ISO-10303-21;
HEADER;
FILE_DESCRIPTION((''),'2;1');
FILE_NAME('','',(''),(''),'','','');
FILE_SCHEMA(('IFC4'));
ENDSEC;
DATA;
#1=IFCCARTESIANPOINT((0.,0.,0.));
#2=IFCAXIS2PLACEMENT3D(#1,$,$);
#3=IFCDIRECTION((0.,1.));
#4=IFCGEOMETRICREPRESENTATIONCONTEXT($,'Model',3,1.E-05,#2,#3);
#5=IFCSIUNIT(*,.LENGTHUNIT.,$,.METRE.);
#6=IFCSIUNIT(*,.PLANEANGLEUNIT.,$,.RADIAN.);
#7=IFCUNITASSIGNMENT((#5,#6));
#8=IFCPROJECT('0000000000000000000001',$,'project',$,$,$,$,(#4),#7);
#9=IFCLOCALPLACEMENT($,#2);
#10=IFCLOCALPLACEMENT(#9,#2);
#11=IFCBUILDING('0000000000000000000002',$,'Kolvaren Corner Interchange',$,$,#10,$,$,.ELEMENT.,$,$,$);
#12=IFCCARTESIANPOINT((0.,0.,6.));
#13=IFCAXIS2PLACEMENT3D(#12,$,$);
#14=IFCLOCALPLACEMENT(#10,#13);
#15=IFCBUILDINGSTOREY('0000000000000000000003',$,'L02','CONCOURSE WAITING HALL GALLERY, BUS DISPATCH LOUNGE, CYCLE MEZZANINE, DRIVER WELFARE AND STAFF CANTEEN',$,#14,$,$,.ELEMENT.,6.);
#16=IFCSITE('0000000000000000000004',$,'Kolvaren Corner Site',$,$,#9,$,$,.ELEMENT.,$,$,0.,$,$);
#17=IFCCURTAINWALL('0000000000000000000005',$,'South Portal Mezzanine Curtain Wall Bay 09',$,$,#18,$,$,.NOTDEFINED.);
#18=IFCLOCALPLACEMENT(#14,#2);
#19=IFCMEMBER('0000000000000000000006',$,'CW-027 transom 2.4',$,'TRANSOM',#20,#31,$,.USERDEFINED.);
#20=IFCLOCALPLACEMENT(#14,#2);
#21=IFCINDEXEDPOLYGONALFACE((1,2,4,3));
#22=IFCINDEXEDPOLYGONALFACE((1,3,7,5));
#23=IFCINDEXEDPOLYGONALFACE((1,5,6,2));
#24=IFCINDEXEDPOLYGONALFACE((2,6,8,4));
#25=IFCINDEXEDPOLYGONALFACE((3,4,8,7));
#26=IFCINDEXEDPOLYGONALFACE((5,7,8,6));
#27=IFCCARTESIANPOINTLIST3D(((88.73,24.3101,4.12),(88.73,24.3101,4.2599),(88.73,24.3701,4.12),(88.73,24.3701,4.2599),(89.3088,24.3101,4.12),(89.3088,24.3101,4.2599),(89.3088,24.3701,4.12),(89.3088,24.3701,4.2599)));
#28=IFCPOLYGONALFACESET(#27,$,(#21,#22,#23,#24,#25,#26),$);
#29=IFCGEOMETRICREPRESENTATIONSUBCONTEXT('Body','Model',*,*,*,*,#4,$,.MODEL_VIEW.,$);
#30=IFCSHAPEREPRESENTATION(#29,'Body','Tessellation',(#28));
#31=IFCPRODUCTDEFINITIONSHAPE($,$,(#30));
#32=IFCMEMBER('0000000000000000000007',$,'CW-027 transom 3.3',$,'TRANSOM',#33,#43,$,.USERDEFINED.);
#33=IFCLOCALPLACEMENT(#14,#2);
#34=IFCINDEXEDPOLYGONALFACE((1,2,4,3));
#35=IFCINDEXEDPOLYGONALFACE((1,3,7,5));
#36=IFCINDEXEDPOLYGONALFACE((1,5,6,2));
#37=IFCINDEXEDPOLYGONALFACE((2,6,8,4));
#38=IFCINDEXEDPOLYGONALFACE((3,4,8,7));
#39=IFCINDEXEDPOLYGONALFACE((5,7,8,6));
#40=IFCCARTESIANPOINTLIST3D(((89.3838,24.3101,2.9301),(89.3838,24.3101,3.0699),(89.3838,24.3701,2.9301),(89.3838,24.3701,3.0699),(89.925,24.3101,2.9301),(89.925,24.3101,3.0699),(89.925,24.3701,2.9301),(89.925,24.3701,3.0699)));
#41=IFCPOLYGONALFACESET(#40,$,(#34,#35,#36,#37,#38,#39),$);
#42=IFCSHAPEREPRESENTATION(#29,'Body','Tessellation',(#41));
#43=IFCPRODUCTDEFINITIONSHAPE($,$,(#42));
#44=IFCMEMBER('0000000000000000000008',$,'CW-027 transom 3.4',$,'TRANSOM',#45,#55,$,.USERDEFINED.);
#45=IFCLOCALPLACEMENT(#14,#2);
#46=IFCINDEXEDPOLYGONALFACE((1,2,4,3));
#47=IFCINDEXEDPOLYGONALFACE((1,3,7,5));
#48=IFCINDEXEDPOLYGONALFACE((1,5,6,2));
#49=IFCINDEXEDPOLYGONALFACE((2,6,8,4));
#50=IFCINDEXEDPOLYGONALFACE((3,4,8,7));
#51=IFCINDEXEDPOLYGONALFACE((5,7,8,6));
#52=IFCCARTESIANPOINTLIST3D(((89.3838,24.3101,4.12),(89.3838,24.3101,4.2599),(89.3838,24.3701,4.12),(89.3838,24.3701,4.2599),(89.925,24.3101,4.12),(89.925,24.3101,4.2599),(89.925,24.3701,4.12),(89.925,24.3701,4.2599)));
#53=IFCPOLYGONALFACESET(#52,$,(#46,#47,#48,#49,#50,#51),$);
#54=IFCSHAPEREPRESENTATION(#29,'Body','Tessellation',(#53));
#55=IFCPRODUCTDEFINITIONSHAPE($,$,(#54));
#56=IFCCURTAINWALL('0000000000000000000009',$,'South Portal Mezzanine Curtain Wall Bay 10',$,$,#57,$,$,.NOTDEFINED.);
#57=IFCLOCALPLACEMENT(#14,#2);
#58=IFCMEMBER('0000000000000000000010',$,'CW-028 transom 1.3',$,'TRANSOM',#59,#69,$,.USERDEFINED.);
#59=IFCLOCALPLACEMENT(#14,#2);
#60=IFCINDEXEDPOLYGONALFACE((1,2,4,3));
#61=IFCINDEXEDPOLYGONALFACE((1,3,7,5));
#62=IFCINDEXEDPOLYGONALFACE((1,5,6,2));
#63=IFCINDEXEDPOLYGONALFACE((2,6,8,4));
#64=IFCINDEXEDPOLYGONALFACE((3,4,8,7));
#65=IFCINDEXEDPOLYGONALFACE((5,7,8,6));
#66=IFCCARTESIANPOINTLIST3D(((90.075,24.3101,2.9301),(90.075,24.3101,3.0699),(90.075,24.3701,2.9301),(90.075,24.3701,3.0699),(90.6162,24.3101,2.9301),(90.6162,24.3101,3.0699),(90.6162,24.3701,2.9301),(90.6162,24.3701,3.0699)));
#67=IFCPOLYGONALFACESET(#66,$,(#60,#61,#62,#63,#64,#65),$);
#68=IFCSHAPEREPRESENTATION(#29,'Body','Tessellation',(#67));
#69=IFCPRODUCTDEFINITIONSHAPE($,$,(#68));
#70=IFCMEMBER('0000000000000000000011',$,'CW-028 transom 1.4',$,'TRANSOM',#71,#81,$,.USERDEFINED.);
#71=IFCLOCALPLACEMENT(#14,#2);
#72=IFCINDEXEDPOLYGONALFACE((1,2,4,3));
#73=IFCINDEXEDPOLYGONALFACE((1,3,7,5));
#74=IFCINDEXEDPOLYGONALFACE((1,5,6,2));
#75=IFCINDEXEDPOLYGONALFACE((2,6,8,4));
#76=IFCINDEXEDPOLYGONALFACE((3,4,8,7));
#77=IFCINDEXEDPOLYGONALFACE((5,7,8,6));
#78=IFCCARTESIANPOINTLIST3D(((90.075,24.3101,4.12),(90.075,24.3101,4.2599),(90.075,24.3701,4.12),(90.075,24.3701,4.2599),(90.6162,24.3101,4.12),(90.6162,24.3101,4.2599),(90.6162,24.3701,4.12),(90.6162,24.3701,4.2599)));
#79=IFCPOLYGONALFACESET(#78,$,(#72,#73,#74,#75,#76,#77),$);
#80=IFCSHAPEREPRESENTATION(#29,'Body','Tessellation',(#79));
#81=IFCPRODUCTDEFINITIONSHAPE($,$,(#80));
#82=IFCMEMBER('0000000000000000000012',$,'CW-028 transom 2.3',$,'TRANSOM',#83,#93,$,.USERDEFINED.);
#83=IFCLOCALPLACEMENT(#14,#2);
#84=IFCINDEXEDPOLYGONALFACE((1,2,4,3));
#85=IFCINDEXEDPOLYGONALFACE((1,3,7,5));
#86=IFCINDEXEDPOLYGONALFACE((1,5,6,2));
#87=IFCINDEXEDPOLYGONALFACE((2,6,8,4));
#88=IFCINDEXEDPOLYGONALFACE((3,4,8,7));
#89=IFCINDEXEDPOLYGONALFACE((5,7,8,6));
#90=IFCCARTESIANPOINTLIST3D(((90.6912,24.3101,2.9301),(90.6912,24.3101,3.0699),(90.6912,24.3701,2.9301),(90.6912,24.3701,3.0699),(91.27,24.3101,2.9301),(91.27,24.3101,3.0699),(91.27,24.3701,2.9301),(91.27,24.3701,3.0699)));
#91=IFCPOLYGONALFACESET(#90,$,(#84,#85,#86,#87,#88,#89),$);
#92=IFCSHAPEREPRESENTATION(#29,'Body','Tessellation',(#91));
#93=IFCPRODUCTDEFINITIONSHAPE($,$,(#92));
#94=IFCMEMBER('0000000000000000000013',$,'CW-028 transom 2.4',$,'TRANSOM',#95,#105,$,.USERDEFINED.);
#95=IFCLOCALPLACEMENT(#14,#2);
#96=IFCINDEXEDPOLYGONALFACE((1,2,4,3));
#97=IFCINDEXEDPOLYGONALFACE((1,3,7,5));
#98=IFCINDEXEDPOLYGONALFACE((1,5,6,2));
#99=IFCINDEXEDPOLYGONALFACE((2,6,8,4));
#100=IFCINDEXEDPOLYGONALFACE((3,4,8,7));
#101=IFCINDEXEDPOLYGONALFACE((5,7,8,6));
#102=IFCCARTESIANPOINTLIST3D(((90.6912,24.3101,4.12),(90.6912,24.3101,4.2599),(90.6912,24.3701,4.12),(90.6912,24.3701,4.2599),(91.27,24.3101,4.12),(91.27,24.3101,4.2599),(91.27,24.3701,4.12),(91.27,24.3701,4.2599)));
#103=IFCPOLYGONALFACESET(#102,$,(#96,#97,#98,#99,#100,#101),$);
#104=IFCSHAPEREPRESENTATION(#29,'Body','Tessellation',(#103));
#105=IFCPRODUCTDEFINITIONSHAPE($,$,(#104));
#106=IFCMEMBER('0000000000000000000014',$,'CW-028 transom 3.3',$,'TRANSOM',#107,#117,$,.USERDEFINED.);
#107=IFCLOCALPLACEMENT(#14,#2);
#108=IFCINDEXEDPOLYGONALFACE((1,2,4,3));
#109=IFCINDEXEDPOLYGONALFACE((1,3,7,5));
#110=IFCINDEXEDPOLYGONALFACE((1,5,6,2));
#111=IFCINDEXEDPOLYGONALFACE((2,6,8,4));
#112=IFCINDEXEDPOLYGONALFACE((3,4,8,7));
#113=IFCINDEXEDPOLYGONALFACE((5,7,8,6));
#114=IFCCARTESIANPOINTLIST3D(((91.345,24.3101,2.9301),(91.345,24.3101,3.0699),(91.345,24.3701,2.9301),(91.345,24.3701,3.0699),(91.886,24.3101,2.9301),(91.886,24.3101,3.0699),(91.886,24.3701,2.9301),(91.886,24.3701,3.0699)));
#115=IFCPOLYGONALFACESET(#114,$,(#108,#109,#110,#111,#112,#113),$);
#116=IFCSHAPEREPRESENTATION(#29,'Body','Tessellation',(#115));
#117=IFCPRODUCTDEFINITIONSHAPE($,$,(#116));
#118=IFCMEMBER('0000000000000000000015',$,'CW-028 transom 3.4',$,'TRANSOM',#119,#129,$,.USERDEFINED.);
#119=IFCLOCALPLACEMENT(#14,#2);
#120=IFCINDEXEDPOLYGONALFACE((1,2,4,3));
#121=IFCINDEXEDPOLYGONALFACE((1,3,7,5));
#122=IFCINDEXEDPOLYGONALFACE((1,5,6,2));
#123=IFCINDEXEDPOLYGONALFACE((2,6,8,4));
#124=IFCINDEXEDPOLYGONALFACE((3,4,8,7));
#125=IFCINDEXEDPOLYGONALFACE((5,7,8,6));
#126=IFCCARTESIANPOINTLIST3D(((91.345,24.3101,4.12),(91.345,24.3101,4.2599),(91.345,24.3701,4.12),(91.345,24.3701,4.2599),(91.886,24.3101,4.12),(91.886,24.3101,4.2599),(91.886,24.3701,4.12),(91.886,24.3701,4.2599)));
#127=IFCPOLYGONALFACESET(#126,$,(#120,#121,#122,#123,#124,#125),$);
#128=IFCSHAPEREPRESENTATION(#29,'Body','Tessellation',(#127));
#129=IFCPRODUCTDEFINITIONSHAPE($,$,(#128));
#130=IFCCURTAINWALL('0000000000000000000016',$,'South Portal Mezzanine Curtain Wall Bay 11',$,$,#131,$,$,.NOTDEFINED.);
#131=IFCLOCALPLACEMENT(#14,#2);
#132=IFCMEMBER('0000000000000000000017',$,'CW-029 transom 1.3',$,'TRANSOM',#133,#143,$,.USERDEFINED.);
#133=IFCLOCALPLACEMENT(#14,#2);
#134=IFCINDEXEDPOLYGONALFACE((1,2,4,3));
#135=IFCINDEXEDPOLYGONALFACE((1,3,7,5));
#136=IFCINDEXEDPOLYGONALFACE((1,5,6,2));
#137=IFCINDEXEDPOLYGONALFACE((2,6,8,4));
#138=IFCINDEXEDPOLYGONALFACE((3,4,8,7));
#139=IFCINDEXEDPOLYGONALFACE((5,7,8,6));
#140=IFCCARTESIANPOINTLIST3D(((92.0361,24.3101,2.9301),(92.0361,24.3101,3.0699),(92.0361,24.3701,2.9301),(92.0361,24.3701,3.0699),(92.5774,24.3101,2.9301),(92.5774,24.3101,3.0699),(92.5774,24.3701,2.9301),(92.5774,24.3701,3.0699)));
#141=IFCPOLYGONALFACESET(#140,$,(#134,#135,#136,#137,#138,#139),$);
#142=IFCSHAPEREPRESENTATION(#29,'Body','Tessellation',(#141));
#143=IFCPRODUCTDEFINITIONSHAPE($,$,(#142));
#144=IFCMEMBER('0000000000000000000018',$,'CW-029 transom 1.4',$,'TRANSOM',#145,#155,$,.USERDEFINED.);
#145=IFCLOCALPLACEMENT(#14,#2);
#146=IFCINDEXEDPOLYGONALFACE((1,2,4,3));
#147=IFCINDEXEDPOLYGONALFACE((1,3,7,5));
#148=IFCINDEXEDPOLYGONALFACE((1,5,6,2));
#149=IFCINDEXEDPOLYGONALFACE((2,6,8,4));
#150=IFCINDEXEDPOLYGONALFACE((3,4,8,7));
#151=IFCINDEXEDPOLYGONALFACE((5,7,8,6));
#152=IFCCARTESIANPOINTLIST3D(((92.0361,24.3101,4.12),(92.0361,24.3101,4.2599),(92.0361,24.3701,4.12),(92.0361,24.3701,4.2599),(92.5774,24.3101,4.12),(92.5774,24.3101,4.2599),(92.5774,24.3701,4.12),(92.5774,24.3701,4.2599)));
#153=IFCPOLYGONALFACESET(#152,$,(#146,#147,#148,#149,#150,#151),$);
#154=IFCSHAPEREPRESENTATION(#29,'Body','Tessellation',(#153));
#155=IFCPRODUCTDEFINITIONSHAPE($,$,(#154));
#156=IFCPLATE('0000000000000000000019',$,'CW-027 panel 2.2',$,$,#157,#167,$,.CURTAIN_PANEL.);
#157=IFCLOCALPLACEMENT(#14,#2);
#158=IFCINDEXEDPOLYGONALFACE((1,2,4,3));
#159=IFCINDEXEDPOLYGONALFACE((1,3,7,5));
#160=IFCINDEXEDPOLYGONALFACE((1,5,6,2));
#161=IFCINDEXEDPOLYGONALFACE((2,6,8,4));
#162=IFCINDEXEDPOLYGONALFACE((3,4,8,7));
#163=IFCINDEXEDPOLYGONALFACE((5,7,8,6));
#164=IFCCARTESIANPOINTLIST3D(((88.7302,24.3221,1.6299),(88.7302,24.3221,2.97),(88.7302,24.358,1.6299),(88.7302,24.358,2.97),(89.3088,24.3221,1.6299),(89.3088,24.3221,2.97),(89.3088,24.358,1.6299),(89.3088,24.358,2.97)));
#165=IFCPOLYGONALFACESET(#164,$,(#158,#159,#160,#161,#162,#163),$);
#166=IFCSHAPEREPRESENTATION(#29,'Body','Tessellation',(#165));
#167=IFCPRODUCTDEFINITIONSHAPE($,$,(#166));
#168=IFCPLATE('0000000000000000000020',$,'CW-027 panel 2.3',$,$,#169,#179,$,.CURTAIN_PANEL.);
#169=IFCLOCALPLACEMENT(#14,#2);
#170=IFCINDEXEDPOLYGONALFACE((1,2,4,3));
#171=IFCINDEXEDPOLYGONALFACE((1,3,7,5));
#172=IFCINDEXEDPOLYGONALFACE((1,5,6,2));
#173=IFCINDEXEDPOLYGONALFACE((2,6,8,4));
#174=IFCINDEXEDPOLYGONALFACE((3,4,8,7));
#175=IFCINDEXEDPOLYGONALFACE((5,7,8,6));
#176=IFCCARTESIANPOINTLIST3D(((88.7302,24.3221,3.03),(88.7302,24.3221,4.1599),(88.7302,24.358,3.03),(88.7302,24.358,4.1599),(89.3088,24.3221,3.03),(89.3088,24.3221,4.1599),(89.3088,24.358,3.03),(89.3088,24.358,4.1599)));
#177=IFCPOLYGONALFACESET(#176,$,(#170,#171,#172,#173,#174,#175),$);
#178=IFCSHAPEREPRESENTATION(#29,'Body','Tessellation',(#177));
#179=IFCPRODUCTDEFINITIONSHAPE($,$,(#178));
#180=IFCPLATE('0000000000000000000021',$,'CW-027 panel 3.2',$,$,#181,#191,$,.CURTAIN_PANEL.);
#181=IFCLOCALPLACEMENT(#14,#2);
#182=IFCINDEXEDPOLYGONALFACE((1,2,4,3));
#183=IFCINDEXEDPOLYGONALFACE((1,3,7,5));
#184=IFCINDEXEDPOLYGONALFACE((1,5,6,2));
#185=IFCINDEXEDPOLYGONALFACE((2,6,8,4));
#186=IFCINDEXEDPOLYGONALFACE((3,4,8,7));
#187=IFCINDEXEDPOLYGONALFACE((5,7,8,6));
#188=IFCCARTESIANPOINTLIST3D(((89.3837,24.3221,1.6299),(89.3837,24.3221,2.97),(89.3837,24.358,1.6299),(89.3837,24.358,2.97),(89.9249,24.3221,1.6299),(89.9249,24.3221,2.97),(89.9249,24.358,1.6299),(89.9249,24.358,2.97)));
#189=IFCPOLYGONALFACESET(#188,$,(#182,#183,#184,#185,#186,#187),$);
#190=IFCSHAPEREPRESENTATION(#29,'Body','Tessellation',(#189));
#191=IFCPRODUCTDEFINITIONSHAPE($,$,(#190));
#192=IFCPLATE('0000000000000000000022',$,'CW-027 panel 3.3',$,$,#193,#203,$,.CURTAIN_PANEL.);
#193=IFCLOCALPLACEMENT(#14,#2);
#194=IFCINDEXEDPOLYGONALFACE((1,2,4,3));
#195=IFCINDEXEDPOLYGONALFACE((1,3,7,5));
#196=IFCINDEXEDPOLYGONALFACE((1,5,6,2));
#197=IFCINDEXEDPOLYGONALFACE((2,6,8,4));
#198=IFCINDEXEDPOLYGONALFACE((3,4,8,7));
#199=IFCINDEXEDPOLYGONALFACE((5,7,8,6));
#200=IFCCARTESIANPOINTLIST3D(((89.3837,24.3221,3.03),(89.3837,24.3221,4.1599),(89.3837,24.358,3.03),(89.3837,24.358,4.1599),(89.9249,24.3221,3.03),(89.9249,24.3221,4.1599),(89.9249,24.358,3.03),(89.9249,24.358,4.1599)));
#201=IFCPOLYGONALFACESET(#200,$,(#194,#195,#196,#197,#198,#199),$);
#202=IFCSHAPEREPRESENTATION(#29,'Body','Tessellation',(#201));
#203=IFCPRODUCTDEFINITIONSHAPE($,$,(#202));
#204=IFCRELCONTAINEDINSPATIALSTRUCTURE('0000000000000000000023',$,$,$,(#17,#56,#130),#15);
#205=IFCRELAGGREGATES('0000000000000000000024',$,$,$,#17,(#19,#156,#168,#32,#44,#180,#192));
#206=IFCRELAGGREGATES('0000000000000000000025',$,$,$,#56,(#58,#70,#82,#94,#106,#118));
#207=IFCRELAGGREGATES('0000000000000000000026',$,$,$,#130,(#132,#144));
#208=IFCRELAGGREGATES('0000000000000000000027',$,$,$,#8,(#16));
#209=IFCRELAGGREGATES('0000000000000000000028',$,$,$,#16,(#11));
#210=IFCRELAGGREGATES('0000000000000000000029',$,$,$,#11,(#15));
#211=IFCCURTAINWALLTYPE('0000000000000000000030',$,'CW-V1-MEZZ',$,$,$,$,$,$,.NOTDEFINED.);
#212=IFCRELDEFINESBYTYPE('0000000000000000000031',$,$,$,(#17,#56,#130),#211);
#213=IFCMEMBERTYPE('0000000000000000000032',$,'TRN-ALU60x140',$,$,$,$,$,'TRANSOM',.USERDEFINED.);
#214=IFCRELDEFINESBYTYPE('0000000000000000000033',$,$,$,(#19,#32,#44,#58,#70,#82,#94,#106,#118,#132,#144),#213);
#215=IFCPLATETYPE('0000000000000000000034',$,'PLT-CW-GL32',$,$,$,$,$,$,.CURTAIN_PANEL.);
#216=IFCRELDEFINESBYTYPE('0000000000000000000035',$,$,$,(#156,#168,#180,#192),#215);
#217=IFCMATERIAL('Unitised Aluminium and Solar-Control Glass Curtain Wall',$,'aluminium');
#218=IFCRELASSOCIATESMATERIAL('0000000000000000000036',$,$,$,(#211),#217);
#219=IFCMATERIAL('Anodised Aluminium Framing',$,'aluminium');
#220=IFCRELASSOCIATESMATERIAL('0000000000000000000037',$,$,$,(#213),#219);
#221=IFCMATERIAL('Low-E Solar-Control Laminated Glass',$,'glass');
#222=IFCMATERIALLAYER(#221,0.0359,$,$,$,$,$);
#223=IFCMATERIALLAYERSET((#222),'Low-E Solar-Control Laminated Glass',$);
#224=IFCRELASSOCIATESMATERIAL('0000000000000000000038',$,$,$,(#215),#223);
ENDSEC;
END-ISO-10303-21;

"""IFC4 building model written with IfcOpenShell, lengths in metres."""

from ifc_helpers import new_model, si_unit, direction, frame, origin, origin_2d, place, context, subcontext, project, spatial, rectangle, extrude, material, layer, layer_set, material_profile, profile_set, type_object, element, aggregate, save


model = new_model("IFC4")

# Units and contexts
model_context = context("Model", 3, precision=1e-05, world=origin(), true_north=direction((0.0, 1.0)))
body_context = subcontext(model_context, "Body", "Model", "MODEL_VIEW")
ifc_project = project(units=[si_unit("LENGTHUNIT", "METRE"), si_unit("PLANEANGLEUNIT", "RADIAN")], contexts=[model_context])

# Site, building, storey
site_placement = place(None, origin())
site = spatial("IfcSite", under=ifc_project, at=site_placement, Name="Kolvaren Corner Site", CompositionType="ELEMENT", RefElevation=0.0)
building_placement = place(site_placement, origin())
building = spatial("IfcBuilding", under=site, at=building_placement, Name="Kolvaren Corner Interchange", CompositionType="ELEMENT")
storey_placement = place(building_placement, frame((0.0, 0.0, 6.0)))
storey = spatial("IfcBuildingStorey", under=building, at=storey_placement, Name="L02", Description="CONCOURSE WAITING HALL GALLERY, BUS DISPATCH LOUNGE, CYCLE MEZZANINE, DRIVER WELFARE AND STAFF CANTEEN", CompositionType="ELEMENT", Elevation=6.0)

# Curtain walls, members
ifc_material_1 = material(Name="Unitised Aluminium and Solar-Control Glass Curtain Wall", Category="aluminium")
curtain_wall_type = type_object("IfcCurtainWallType", Name="CW-V1-MEZZ", PredefinedType="NOTDEFINED", material=ifc_material_1)
curtain_wall_1_placement = place(storey_placement, origin())
curtain_wall_1 = element("IfcCurtainWall", 1, at=curtain_wall_1_placement, inside=storey, type_object=curtain_wall_type, Name="South Portal Mezzanine Curtain Wall Bay 09", PredefinedType="NOTDEFINED")
ifc_material_2 = material(Name="Anodised Aluminium Framing", Category="aluminium")
ifc_material_profile = material_profile(ifc_material_2, rectangle(XDim=0.0601, YDim=0.1399, at=origin_2d()), Name="ALU 60x140")
ifc_profile_set = profile_set([ifc_material_profile], Name="Anodised Aluminium Framing")
member_type = type_object("IfcMemberType", Name="TRN-ALU60x140", ElementType="TRANSOM", PredefinedType="USERDEFINED", material=ifc_profile_set)
member_1_placement = place(storey_placement, frame((88.73, 24.3401, 4.1899), z_axis=(1.0, 0.0, 0.0), x_axis=(0.0, 1.0, 0.0)))
member_1 = element("IfcMember", 2, at=member_1_placement, type_object=member_type, Name="CW-027 transom 2.4", ObjectType="TRANSOM", PredefinedType="USERDEFINED", context=body_context, shape_type="SweptSolid", body=[
    extrude(rectangle(XDim=0.0601, YDim=0.1399, at=origin_2d()), origin(), (0.0, 0.0, 1.0), 0.5789),
])
member_2_placement = place(storey_placement, frame((89.3838, 24.3401, 3.0), z_axis=(1.0, 0.0, 0.0), x_axis=(0.0, 1.0, 0.0)))
member_2 = element("IfcMember", 3, at=member_2_placement, type_object=member_type, Name="CW-027 transom 3.3", ObjectType="TRANSOM", PredefinedType="USERDEFINED", context=body_context, shape_type="SweptSolid", body=[
    extrude(rectangle(XDim=0.0601, YDim=0.1399, at=origin_2d()), origin(), (0.0, 0.0, 1.0), 0.5413),
])
member_3_placement = place(storey_placement, frame((89.3838, 24.3401, 4.1899), z_axis=(1.0, 0.0, 0.0), x_axis=(0.0, 1.0, 0.0)))
member_3 = element("IfcMember", 4, at=member_3_placement, type_object=member_type, Name="CW-027 transom 3.4", ObjectType="TRANSOM", PredefinedType="USERDEFINED", context=body_context, shape_type="SweptSolid", body=[
    extrude(rectangle(XDim=0.0601, YDim=0.1399, at=origin_2d()), origin(), (0.0, 0.0, 1.0), 0.5413),
])
curtain_wall_2_placement = place(storey_placement, origin())
curtain_wall_2 = element("IfcCurtainWall", 5, at=curtain_wall_2_placement, inside=storey, type_object=curtain_wall_type, Name="South Portal Mezzanine Curtain Wall Bay 10", PredefinedType="NOTDEFINED")
member_4_placement = place(storey_placement, frame((90.075, 24.3401, 3.0), z_axis=(1.0, 0.0, 0.0), x_axis=(0.0, 1.0, 0.0)))
member_4 = element("IfcMember", 6, at=member_4_placement, type_object=member_type, Name="CW-028 transom 1.3", ObjectType="TRANSOM", PredefinedType="USERDEFINED", context=body_context, shape_type="SweptSolid", body=[
    extrude(rectangle(XDim=0.0601, YDim=0.1399, at=origin_2d()), origin(), (0.0, 0.0, 1.0), 0.5413),
])
member_5_placement = place(storey_placement, frame((90.075, 24.3401, 4.1899), z_axis=(1.0, 0.0, 0.0), x_axis=(0.0, 1.0, 0.0)))
member_5 = element("IfcMember", 7, at=member_5_placement, type_object=member_type, Name="CW-028 transom 1.4", ObjectType="TRANSOM", PredefinedType="USERDEFINED", context=body_context, shape_type="SweptSolid", body=[
    extrude(rectangle(XDim=0.0601, YDim=0.1399, at=origin_2d()), origin(), (0.0, 0.0, 1.0), 0.5413),
])
member_6_placement = place(storey_placement, frame((90.6912, 24.3401, 3.0), z_axis=(1.0, 0.0, 0.0), x_axis=(0.0, 1.0, 0.0)))
member_6 = element("IfcMember", 8, at=member_6_placement, type_object=member_type, Name="CW-028 transom 2.3", ObjectType="TRANSOM", PredefinedType="USERDEFINED", context=body_context, shape_type="SweptSolid", body=[
    extrude(rectangle(XDim=0.0601, YDim=0.1399, at=origin_2d()), origin(), (0.0, 0.0, 1.0), 0.5789),
])
member_7_placement = place(storey_placement, frame((90.6912, 24.3401, 4.1899), z_axis=(1.0, 0.0, 0.0), x_axis=(0.0, 1.0, 0.0)))
member_7 = element("IfcMember", 9, at=member_7_placement, type_object=member_type, Name="CW-028 transom 2.4", ObjectType="TRANSOM", PredefinedType="USERDEFINED", context=body_context, shape_type="SweptSolid", body=[
    extrude(rectangle(XDim=0.0601, YDim=0.1399, at=origin_2d()), origin(), (0.0, 0.0, 1.0), 0.5789),
])
member_8_placement = place(storey_placement, frame((91.345, 24.3401, 3.0), z_axis=(1.0, 0.0, 0.0), x_axis=(0.0, 1.0, 0.0)))
member_8 = element("IfcMember", 10, at=member_8_placement, type_object=member_type, Name="CW-028 transom 3.3", ObjectType="TRANSOM", PredefinedType="USERDEFINED", context=body_context, shape_type="SweptSolid", body=[
    extrude(rectangle(XDim=0.0601, YDim=0.1399, at=origin_2d()), origin(), (0.0, 0.0, 1.0), 0.541),
])
member_9_placement = place(storey_placement, frame((91.345, 24.3401, 4.1899), z_axis=(1.0, 0.0, 0.0), x_axis=(0.0, 1.0, 0.0)))
member_9 = element("IfcMember", 11, at=member_9_placement, type_object=member_type, Name="CW-028 transom 3.4", ObjectType="TRANSOM", PredefinedType="USERDEFINED", context=body_context, shape_type="SweptSolid", body=[
    extrude(rectangle(XDim=0.0601, YDim=0.1399, at=origin_2d()), origin(), (0.0, 0.0, 1.0), 0.541),
])
curtain_wall_3_placement = place(storey_placement, origin())
curtain_wall_3 = element("IfcCurtainWall", 12, at=curtain_wall_3_placement, inside=storey, type_object=curtain_wall_type, Name="South Portal Mezzanine Curtain Wall Bay 11", PredefinedType="NOTDEFINED")
member_10_placement = place(storey_placement, frame((92.0361, 24.3401, 3.0), z_axis=(1.0, 0.0, 0.0), x_axis=(0.0, 1.0, 0.0)))
member_10 = element("IfcMember", 13, at=member_10_placement, type_object=member_type, Name="CW-029 transom 1.3", ObjectType="TRANSOM", PredefinedType="USERDEFINED", context=body_context, shape_type="SweptSolid", body=[
    extrude(rectangle(XDim=0.0601, YDim=0.1399, at=origin_2d()), origin(), (0.0, 0.0, 1.0), 0.5413),
])
member_11_placement = place(storey_placement, frame((92.0361, 24.3401, 4.1899), z_axis=(1.0, 0.0, 0.0), x_axis=(0.0, 1.0, 0.0)))
member_11 = element("IfcMember", 14, at=member_11_placement, type_object=member_type, Name="CW-029 transom 1.4", ObjectType="TRANSOM", PredefinedType="USERDEFINED", context=body_context, shape_type="SweptSolid", body=[
    extrude(rectangle(XDim=0.0601, YDim=0.1399, at=origin_2d()), origin(), (0.0, 0.0, 1.0), 0.5413),
])

# Plates
ifc_material_3 = material(Name="Low-E Solar-Control Laminated Glass", Category="glass")
ifc_layer = layer(ifc_material_3, 0.0359)
ifc_layer_set = layer_set([ifc_layer], Name="Low-E Solar-Control Laminated Glass")
plate_type = type_object("IfcPlateType", Name="PLT-CW-GL32", PredefinedType="CURTAIN_PANEL", material=ifc_layer_set)
plate_1_placement = place(storey_placement, frame((89.0195, 24.3401, 1.6299), z_axis=(0.0, 0.0, 1.0), x_axis=(1.0, 0.0, 0.0)))
plate_1 = element("IfcPlate", 15, at=plate_1_placement, type_object=plate_type, Name="CW-027 panel 2.2", PredefinedType="CURTAIN_PANEL", context=body_context, shape_type="SweptSolid", body=[
    extrude(rectangle(XDim=0.5786, YDim=0.0359, at=origin_2d()), origin(), (0.0, 0.0, 1.0), 1.3401),
])
plate_2_placement = place(storey_placement, frame((89.0195, 24.3401, 3.03), z_axis=(0.0, 0.0, 1.0), x_axis=(1.0, 0.0, 0.0)))
plate_2 = element("IfcPlate", 16, at=plate_2_placement, type_object=plate_type, Name="CW-027 panel 2.3", PredefinedType="CURTAIN_PANEL", context=body_context, shape_type="SweptSolid", body=[
    extrude(rectangle(XDim=0.5786, YDim=0.0359, at=origin_2d()), origin(), (0.0, 0.0, 1.0), 1.1299),
])
plate_3_placement = place(storey_placement, frame((89.6543, 24.3401, 1.6299), z_axis=(0.0, 0.0, 1.0), x_axis=(1.0, 0.0, 0.0)))
plate_3 = element("IfcPlate", 17, at=plate_3_placement, type_object=plate_type, Name="CW-027 panel 3.2", PredefinedType="CURTAIN_PANEL", context=body_context, shape_type="SweptSolid", body=[
    extrude(rectangle(XDim=0.5413, YDim=0.0359, at=origin_2d()), origin(), (0.0, 0.0, 1.0), 1.3401),
])
plate_4_placement = place(storey_placement, frame((89.6543, 24.3401, 3.03), z_axis=(0.0, 0.0, 1.0), x_axis=(1.0, 0.0, 0.0)))
plate_4 = element("IfcPlate", 18, at=plate_4_placement, type_object=plate_type, Name="CW-027 panel 3.3", PredefinedType="CURTAIN_PANEL", context=body_context, shape_type="SweptSolid", body=[
    extrude(rectangle(XDim=0.5413, YDim=0.0359, at=origin_2d()), origin(), (0.0, 0.0, 1.0), 1.1299),
])
aggregate(curtain_wall_1, [member_1, plate_1, plate_2, member_2, member_3, plate_3, plate_4])
aggregate(curtain_wall_2, [member_4, member_5, member_6, member_7, member_8, member_9])
aggregate(curtain_wall_3, [member_10, member_11])

save(model, "model.ifc")
